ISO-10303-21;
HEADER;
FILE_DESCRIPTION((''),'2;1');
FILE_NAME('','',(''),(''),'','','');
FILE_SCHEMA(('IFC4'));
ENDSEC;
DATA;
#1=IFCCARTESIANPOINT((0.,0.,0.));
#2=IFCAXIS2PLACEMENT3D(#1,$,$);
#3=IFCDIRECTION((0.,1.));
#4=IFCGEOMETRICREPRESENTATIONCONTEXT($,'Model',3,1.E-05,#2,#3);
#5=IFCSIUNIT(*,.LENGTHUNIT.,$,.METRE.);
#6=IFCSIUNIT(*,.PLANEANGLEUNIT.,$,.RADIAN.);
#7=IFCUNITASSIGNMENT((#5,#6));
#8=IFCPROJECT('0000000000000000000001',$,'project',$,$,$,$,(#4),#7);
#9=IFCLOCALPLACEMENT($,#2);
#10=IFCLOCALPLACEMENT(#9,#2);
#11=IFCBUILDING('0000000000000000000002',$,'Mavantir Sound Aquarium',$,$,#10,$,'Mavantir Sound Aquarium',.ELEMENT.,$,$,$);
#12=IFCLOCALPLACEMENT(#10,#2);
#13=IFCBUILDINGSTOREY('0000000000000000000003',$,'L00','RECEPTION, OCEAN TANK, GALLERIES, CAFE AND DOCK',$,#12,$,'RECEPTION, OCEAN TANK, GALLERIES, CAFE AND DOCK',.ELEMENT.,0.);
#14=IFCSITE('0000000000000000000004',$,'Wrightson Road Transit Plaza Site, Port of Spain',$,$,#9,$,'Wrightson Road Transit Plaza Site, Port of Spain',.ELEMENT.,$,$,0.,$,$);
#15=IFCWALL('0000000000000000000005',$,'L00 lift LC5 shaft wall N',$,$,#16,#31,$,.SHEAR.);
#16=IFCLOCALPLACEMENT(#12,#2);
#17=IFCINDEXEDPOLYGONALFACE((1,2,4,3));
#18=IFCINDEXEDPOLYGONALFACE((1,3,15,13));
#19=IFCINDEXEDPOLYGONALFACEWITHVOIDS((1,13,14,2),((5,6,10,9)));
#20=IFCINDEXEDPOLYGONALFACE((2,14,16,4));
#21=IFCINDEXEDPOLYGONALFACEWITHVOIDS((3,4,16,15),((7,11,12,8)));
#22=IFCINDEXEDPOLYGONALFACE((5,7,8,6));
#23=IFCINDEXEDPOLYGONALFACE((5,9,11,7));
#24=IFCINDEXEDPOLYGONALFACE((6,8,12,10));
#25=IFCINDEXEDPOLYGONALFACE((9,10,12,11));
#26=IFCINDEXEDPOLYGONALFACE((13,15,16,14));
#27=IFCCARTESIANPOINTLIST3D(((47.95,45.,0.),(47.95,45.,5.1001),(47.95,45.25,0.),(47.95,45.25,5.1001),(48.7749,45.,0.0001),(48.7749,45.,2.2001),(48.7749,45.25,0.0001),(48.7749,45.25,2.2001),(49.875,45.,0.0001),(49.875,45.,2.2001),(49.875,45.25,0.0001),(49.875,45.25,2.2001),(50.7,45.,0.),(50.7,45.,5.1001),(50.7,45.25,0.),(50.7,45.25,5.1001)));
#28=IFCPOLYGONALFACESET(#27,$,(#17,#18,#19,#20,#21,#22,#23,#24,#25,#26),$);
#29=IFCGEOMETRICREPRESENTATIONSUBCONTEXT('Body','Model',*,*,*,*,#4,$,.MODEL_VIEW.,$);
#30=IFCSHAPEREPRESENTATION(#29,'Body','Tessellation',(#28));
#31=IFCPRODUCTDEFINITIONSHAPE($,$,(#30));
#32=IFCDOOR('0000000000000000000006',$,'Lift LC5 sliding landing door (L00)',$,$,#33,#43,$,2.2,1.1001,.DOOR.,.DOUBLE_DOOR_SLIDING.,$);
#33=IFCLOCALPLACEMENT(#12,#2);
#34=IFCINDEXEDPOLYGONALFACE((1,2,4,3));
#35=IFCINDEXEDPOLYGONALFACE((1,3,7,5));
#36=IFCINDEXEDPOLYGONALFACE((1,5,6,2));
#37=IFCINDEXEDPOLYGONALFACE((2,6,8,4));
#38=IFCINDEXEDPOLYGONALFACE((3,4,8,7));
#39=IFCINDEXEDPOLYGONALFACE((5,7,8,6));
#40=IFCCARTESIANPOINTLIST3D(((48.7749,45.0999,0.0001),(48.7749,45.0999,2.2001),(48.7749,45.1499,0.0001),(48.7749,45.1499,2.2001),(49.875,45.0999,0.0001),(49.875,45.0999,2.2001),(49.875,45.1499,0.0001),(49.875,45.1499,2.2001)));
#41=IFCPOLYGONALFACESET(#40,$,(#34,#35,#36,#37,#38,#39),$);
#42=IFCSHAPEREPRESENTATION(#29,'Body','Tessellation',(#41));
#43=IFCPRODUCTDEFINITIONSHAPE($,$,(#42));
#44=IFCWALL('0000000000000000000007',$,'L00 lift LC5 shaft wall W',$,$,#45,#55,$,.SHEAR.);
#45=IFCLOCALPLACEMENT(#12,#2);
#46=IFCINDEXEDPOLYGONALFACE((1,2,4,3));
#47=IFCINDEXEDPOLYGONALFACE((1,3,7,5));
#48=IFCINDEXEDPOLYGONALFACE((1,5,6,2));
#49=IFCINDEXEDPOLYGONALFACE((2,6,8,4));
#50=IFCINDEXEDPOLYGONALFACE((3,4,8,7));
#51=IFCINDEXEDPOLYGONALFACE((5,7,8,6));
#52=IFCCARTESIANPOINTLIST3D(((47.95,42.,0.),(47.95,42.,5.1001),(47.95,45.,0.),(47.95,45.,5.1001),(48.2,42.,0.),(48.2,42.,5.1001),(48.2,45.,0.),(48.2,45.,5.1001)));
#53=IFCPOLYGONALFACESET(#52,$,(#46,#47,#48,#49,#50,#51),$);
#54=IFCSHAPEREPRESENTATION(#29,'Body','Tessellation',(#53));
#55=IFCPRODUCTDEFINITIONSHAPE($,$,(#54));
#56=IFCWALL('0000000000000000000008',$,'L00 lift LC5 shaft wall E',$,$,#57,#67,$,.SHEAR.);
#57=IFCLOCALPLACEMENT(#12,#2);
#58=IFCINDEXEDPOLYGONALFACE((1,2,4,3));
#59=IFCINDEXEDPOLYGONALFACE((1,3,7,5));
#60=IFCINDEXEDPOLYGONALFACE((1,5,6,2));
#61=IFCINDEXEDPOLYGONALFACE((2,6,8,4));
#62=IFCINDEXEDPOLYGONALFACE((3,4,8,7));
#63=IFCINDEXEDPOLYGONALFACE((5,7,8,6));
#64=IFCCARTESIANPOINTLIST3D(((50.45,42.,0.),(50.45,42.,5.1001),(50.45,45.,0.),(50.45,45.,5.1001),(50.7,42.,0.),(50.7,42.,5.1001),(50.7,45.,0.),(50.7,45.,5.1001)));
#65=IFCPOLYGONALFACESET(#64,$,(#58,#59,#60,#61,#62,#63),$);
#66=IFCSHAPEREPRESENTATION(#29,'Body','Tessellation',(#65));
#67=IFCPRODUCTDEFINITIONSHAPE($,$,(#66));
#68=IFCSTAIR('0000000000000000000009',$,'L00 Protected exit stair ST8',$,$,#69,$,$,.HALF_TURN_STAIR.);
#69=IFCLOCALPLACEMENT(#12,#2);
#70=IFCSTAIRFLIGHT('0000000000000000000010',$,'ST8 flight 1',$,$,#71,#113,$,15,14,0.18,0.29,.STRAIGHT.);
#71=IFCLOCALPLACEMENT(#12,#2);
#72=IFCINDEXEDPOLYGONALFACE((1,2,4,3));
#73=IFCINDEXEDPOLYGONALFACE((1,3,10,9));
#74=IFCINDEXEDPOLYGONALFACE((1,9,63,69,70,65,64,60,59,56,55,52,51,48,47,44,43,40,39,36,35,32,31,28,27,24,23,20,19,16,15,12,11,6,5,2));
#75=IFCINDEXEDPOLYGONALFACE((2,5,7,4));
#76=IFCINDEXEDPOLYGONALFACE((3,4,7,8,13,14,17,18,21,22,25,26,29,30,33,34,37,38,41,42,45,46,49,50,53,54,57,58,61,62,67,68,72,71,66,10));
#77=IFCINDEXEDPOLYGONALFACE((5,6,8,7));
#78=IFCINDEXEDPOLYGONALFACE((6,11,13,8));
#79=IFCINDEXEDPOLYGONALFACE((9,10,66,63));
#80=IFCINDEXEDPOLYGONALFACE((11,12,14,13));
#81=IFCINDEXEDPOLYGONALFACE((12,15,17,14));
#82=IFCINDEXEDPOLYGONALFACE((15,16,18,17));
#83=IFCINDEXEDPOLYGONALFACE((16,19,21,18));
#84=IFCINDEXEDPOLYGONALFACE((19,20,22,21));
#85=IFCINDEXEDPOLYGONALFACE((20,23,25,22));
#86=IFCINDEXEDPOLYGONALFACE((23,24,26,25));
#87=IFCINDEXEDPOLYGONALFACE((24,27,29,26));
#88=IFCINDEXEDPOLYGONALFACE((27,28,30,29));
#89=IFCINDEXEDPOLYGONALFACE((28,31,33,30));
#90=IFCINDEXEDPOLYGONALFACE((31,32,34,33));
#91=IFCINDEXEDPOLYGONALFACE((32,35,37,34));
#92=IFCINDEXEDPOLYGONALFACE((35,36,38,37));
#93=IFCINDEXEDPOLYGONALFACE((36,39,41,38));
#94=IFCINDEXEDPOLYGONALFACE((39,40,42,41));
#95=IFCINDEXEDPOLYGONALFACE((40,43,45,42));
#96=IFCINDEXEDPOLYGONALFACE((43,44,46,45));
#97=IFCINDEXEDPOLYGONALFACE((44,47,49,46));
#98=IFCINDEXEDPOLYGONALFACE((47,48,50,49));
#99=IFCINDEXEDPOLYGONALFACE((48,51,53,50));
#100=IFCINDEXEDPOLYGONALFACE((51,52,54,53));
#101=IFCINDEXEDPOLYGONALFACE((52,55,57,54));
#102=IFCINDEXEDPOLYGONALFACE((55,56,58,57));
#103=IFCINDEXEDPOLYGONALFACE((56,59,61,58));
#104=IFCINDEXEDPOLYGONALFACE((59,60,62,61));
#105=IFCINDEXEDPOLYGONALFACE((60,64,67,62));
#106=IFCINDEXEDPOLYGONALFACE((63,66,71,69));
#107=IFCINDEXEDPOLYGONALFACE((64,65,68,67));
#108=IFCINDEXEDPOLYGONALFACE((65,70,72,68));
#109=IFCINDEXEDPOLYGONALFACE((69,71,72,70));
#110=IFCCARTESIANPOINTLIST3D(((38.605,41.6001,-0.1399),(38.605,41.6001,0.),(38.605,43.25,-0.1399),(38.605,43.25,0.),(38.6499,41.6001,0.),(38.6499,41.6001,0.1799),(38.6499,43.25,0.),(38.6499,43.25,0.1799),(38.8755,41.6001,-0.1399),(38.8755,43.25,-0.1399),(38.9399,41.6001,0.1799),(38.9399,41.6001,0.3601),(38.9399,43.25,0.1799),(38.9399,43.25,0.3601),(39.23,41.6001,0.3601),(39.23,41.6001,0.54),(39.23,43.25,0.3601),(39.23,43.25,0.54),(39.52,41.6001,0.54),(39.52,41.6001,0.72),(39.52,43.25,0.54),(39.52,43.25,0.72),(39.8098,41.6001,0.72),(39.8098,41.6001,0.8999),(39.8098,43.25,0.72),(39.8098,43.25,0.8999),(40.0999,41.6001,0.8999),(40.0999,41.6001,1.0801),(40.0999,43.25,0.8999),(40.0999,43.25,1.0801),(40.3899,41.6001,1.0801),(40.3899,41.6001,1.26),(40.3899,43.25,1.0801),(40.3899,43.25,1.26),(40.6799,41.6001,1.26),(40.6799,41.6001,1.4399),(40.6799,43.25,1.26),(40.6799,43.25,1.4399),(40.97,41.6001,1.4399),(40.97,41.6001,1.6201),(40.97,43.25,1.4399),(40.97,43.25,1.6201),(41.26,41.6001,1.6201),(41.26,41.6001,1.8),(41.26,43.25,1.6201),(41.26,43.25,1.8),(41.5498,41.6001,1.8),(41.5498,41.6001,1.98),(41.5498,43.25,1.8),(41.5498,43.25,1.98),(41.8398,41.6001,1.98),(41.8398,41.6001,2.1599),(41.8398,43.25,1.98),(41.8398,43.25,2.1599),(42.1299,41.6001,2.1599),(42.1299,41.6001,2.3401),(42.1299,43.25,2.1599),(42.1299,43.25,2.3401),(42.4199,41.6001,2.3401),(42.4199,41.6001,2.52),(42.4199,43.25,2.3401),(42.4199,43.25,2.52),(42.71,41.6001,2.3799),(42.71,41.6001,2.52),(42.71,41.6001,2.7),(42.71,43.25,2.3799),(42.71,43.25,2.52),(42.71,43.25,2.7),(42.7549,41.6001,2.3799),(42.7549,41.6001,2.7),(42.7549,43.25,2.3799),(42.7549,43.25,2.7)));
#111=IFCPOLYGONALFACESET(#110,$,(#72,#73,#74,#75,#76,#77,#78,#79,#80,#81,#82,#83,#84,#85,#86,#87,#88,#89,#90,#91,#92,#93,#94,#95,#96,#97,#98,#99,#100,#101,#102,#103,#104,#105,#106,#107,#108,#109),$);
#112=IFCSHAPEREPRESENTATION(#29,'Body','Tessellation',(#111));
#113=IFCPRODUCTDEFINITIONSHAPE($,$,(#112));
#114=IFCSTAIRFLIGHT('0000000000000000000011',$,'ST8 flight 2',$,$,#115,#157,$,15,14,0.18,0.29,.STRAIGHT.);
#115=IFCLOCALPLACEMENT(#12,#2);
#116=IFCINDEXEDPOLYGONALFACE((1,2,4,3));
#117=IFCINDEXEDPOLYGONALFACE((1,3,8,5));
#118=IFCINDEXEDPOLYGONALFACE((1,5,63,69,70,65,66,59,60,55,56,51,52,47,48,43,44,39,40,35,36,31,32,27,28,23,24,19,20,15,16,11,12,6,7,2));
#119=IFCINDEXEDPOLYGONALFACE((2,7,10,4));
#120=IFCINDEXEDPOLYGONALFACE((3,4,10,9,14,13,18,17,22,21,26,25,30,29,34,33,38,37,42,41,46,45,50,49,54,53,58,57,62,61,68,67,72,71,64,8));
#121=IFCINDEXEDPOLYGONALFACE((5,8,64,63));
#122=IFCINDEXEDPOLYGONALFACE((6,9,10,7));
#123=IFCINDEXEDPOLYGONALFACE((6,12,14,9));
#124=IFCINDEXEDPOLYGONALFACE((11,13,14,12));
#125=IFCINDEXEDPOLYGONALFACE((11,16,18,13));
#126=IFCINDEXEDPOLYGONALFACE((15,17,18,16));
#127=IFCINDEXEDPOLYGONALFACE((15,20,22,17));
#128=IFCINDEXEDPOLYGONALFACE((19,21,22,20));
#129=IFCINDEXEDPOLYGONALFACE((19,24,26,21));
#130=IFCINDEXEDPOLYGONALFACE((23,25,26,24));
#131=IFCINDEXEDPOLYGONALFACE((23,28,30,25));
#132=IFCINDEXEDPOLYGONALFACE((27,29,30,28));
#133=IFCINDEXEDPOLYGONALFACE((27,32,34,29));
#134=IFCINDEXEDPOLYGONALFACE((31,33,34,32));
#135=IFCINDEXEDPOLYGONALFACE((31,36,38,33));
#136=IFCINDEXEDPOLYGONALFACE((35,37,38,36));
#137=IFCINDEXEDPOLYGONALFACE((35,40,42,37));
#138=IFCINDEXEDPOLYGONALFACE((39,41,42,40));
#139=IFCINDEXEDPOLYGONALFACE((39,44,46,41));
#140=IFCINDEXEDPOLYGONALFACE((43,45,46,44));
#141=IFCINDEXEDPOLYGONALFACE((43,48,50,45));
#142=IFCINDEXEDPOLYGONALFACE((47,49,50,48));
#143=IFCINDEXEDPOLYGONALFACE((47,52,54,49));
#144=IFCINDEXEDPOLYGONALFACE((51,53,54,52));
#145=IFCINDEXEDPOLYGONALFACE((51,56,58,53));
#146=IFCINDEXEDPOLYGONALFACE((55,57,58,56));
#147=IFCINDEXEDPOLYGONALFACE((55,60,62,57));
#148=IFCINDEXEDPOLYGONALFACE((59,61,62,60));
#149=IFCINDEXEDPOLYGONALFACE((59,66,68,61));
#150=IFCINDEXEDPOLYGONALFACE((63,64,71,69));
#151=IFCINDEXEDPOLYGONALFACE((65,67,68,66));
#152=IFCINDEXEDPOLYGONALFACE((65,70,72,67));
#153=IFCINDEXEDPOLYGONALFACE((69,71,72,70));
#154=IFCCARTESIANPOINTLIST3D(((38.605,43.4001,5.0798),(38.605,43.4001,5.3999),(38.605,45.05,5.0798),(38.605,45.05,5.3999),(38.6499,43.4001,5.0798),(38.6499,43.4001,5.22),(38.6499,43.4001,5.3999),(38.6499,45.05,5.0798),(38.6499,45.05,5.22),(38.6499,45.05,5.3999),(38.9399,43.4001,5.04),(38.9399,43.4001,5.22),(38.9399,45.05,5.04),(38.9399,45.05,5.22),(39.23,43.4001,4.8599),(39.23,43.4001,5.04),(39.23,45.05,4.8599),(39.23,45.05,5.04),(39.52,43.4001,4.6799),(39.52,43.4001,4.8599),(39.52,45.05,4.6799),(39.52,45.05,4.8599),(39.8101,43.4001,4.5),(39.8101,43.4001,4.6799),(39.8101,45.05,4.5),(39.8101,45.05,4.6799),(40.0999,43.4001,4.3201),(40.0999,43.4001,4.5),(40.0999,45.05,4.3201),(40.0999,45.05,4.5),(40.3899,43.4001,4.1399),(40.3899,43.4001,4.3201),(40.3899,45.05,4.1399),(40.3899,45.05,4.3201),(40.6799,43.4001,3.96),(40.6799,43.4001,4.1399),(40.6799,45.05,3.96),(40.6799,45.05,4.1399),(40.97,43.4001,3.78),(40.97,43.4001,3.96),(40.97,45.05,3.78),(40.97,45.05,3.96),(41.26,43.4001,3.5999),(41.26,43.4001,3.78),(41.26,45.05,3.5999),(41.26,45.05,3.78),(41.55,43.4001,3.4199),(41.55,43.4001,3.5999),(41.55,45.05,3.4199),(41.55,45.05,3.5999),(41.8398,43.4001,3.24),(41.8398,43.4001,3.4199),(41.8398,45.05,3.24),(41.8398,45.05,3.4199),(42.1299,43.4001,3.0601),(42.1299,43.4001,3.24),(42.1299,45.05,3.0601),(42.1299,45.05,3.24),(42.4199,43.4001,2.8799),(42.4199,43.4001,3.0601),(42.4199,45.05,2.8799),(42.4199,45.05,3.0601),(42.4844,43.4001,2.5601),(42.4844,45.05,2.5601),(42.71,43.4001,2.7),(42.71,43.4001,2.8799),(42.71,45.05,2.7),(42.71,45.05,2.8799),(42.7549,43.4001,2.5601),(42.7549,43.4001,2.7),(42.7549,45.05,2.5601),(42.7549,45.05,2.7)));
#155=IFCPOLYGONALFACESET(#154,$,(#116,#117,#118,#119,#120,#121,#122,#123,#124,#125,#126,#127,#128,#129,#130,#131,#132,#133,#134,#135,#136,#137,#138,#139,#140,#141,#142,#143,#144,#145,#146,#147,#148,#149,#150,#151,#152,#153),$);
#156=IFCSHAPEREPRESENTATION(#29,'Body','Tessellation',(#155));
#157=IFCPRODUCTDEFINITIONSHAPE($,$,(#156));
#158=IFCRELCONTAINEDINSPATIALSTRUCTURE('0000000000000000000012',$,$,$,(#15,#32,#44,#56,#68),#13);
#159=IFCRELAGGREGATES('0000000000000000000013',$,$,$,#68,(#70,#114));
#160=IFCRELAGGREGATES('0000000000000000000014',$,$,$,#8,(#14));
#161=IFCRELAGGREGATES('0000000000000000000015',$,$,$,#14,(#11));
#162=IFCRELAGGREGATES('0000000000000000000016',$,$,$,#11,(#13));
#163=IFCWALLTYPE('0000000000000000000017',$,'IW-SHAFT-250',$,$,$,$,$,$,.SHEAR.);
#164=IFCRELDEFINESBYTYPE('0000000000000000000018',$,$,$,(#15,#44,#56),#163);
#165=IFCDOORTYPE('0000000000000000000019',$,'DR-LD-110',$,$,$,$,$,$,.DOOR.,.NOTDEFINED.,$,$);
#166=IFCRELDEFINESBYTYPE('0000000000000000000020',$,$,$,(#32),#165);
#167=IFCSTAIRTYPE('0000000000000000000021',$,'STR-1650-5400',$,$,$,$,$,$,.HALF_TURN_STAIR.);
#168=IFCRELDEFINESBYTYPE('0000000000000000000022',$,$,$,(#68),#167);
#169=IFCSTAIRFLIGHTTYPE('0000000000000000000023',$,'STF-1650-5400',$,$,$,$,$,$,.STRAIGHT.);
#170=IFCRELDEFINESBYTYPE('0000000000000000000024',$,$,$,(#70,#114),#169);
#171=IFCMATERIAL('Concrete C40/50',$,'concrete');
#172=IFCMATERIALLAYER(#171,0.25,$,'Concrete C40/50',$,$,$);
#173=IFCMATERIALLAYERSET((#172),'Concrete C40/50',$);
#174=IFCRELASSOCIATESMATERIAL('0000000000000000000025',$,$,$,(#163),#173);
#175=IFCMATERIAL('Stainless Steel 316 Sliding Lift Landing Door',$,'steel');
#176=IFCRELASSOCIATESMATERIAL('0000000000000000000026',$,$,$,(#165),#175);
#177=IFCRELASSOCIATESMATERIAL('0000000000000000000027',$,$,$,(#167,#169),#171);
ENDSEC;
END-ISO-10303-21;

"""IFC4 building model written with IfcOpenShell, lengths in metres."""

from ifc_helpers import new_model, si_unit, direction, frame, frame_2d, origin, place, context, subcontext, project, spatial, polyline, rectangle, outline, extrude, material, layer, layer_set, type_object, element, fill, aggregate, save


model = new_model("IFC4")

# Units and contexts
model_context = context("Model", 3, precision=1e-05, world=origin(), true_north=direction((0.0, 1.0)))
body_context = subcontext(model_context, "Body", "Model", "MODEL_VIEW")
ifc_project = project(units=[si_unit("LENGTHUNIT", "METRE"), si_unit("PLANEANGLEUNIT", "RADIAN")], contexts=[model_context])

# Site, building, storey
site_placement = place(None, origin())
site = spatial("IfcSite", under=ifc_project, at=site_placement, Name="Wrightson Road Transit Plaza Site, Port of Spain", LongName="Wrightson Road Transit Plaza Site, Port of Spain", CompositionType="ELEMENT", RefElevation=0.0)
building_placement = place(site_placement, origin())
building = spatial("IfcBuilding", under=site, at=building_placement, Name="Mavantir Sound Aquarium", LongName="Mavantir Sound Aquarium", CompositionType="ELEMENT")
storey_placement = place(building_placement, origin())
storey = spatial("IfcBuildingStorey", under=building, at=storey_placement, Name="L00", Description="RECEPTION, OCEAN TANK, GALLERIES, CAFE AND DOCK", LongName="RECEPTION, OCEAN TANK, GALLERIES, CAFE AND DOCK", CompositionType="ELEMENT", Elevation=0.0)

# Shared definitions
ifc_material_1 = material(Name="Concrete C40/50", Category="concrete")

# Shared definitions
ifc_layer_1 = layer(ifc_material_1, 0.25, Name="Concrete C40/50")
ifc_layer_set_1 = layer_set([ifc_layer_1], Name="Concrete C40/50")
wall_type_1 = type_object("IfcWallType", Name="IW-SHAFT-250", PredefinedType="SHEAR", material=ifc_layer_set_1)

# Wall, opening, door
wall_1_placement = place(storey_placement, frame((47.95, 45.125, 0.0), z_axis=(0.0, 0.0, 1.0), x_axis=(1.0, 0.0, 0.0)))
wall_1 = element("IfcWall", 1, at=wall_1_placement, inside=storey, type_object=wall_type_1, Name="L00 lift LC5 shaft wall N", PredefinedType="SHEAR", context=body_context, shape_type="SweptSolid", body=[
    extrude(rectangle(XDim=2.75, YDim=0.25, at=frame_2d((1.375, 0.0))), origin(), (0.0, 0.0, 1.0), 5.1001),
])
opening_1_placement = place(wall_1_placement, frame((0.825, 0.0, 0.0)))
opening_1 = element("IfcOpeningElement", 2, at=opening_1_placement, cuts=wall_1, PredefinedType="OPENING", context=body_context, shape_type="SweptSolid", body=[
    extrude(rectangle(XDim=1.1001, YDim=2.2, at=frame_2d((0.55, 1.1001))), frame((0.0, 0.135, 0.0), z_axis=(0.0, -1.0, 0.0), x_axis=(1.0, 0.0, 0.0)), (0.0, 0.0, 1.0), 0.27),
])
ifc_material_2 = material(Name="Stainless Steel 316 Sliding Lift Landing Door", Category="steel")
door_type_1 = type_object("IfcDoorType", Name="DR-LD-110", OperationType="NOTDEFINED", PredefinedType="DOOR", material=ifc_material_2)
door_1_placement = place(opening_1_placement, origin())
door_1 = element("IfcDoor", 3, at=door_1_placement, inside=storey, type_object=door_type_1, Name="Lift LC5 sliding landing door (L00)", OperationType="DOUBLE_DOOR_SLIDING", OverallHeight=2.2, OverallWidth=1.1001, PredefinedType="DOOR", context=body_context, shape_type="SweptSolid", body=[
    extrude(rectangle(XDim=1.1001, YDim=2.2, at=frame_2d((0.55, 1.1001))), frame((0.0, 0.0249, 0.0), z_axis=(0.0, -1.0, 0.0), x_axis=(1.0, 0.0, 0.0)), (0.0, 0.0, 1.0), 0.05),
])
fill(opening_1, door_1)

# Walls
for number, where, z_axis, x_axis, name in (
    (4, (48.075, 42.0, 0.0), (0.0, 0.0, 1.0), (0.0, 1.0, 0.0), "L00 lift LC5 shaft wall W"),
    (5, (50.575, 42.0, 0.0), (0.0, 0.0, 1.0), (0.0, 1.0, 0.0), "L00 lift LC5 shaft wall E"),
):
    element("IfcWall", number, at=place(storey_placement, frame(where, z_axis=z_axis, x_axis=x_axis)), inside=storey, type_object=wall_type_1, Name=name, PredefinedType="SHEAR", context=body_context, shape_type="SweptSolid", body=[
        extrude(rectangle(XDim=3.0, YDim=0.25, at=frame_2d((1.5, 0.0))), origin(), (0.0, 0.0, 1.0), 5.1001),
    ])

# Stair, stair flights
stair_type = type_object("IfcStairType", Name="STR-1650-5400", PredefinedType="HALF_TURN_STAIR", material=ifc_material_1)
stair_placement = place(storey_placement, origin())
stair = element("IfcStair", 6, at=stair_placement, inside=storey, type_object=stair_type, Name="L00 Protected exit stair ST8", PredefinedType="HALF_TURN_STAIR")
stair_flight_type = type_object("IfcStairFlightType", Name="STF-1650-5400", PredefinedType="STRAIGHT", material=ifc_material_1)
stair_flight_1_placement = place(storey_placement, frame((38.6499, 42.425, 0.0), z_axis=(0.0, 0.0, 1.0), x_axis=(1.0, 0.0, 0.0)))
stair_flight_1 = element("IfcStairFlight", 7, at=stair_flight_1_placement, type_object=stair_flight_type, Name="ST8 flight 1", NumberOfRisers=15, NumberOfTreads=14, PredefinedType="STRAIGHT", RiserHeight=0.18, TreadLength=0.29, context=body_context, shape_type="SweptSolid", body=[
    extrude(outline(polyline([(-0.0449, -0.1399), (-0.0449, 0.0), (0.0, 0.0), (0.0, 0.1799), (0.29, 0.1799), (0.29, 0.3601), (0.5801, 0.3601), (0.5801, 0.54), (0.8701, 0.54), (0.8701, 0.72), (1.1599, 0.72), (1.1599, 0.8999), (1.45, 0.8999), (1.45, 1.0801), (1.74, 1.0801), (1.74, 1.26), (2.03, 1.26), (2.03, 1.4399), (2.3201, 1.4399), (2.3201, 1.6201), (2.6101, 1.6201), (2.6101, 1.8), (2.8999, 1.8), (2.8999, 1.98), (3.1899, 1.98), (3.1899, 2.1599), (3.48, 2.1599), (3.48, 2.3401), (3.77, 2.3401), (3.77, 2.52), (4.0601, 2.52), (4.0601, 2.7), (4.105, 2.7), (4.105, 2.3799), (4.0601, 2.3799), (0.2256, -0.1399), (-0.0449, -0.1399)])), frame((0.0, 0.825, 0.0), z_axis=(0.0, -1.0, 0.0), x_axis=(1.0, 0.0, 0.0)), (0.0, 0.0, 1.0), 1.6499),
])
stair_flight_2_placement = place(storey_placement, frame((42.71, 44.2251, 2.7), z_axis=(0.0, 0.0, 1.0), x_axis=(-1.0, 0.0, 0.0)))
stair_flight_2 = element("IfcStairFlight", 8, at=stair_flight_2_placement, type_object=stair_flight_type, Name="ST8 flight 2", NumberOfRisers=15, NumberOfTreads=14, PredefinedType="STRAIGHT", RiserHeight=0.18, TreadLength=0.29, context=body_context, shape_type="SweptSolid", body=[
    extrude(outline(polyline([(-0.0449, -0.1399), (-0.0449, 0.0), (0.0, 0.0), (0.0, 0.1799), (0.29, 0.1799), (0.29, 0.3601), (0.5801, 0.3601), (0.5801, 0.54), (0.8701, 0.54), (0.8701, 0.72), (1.1599, 0.72), (1.1599, 0.8999), (1.45, 0.8999), (1.45, 1.0801), (1.74, 1.0801), (1.74, 1.26), (2.03, 1.26), (2.03, 1.4399), (2.3201, 1.4399), (2.3201, 1.6201), (2.6101, 1.6201), (2.6101, 1.8), (2.8999, 1.8), (2.8999, 1.98), (3.1899, 1.98), (3.1899, 2.1599), (3.48, 2.1599), (3.48, 2.3401), (3.77, 2.3401), (3.77, 2.52), (4.0601, 2.52), (4.0601, 2.7), (4.105, 2.7), (4.105, 2.3799), (4.0601, 2.3799), (0.2256, -0.1399), (-0.0449, -0.1399)])), frame((0.0, 0.825, 0.0), z_axis=(0.0, -1.0, 0.0), x_axis=(1.0, 0.0, 0.0)), (0.0, 0.0, 1.0), 1.6499),
])
aggregate(stair, [stair_flight_1, stair_flight_2])

save(model, "model.ifc")
